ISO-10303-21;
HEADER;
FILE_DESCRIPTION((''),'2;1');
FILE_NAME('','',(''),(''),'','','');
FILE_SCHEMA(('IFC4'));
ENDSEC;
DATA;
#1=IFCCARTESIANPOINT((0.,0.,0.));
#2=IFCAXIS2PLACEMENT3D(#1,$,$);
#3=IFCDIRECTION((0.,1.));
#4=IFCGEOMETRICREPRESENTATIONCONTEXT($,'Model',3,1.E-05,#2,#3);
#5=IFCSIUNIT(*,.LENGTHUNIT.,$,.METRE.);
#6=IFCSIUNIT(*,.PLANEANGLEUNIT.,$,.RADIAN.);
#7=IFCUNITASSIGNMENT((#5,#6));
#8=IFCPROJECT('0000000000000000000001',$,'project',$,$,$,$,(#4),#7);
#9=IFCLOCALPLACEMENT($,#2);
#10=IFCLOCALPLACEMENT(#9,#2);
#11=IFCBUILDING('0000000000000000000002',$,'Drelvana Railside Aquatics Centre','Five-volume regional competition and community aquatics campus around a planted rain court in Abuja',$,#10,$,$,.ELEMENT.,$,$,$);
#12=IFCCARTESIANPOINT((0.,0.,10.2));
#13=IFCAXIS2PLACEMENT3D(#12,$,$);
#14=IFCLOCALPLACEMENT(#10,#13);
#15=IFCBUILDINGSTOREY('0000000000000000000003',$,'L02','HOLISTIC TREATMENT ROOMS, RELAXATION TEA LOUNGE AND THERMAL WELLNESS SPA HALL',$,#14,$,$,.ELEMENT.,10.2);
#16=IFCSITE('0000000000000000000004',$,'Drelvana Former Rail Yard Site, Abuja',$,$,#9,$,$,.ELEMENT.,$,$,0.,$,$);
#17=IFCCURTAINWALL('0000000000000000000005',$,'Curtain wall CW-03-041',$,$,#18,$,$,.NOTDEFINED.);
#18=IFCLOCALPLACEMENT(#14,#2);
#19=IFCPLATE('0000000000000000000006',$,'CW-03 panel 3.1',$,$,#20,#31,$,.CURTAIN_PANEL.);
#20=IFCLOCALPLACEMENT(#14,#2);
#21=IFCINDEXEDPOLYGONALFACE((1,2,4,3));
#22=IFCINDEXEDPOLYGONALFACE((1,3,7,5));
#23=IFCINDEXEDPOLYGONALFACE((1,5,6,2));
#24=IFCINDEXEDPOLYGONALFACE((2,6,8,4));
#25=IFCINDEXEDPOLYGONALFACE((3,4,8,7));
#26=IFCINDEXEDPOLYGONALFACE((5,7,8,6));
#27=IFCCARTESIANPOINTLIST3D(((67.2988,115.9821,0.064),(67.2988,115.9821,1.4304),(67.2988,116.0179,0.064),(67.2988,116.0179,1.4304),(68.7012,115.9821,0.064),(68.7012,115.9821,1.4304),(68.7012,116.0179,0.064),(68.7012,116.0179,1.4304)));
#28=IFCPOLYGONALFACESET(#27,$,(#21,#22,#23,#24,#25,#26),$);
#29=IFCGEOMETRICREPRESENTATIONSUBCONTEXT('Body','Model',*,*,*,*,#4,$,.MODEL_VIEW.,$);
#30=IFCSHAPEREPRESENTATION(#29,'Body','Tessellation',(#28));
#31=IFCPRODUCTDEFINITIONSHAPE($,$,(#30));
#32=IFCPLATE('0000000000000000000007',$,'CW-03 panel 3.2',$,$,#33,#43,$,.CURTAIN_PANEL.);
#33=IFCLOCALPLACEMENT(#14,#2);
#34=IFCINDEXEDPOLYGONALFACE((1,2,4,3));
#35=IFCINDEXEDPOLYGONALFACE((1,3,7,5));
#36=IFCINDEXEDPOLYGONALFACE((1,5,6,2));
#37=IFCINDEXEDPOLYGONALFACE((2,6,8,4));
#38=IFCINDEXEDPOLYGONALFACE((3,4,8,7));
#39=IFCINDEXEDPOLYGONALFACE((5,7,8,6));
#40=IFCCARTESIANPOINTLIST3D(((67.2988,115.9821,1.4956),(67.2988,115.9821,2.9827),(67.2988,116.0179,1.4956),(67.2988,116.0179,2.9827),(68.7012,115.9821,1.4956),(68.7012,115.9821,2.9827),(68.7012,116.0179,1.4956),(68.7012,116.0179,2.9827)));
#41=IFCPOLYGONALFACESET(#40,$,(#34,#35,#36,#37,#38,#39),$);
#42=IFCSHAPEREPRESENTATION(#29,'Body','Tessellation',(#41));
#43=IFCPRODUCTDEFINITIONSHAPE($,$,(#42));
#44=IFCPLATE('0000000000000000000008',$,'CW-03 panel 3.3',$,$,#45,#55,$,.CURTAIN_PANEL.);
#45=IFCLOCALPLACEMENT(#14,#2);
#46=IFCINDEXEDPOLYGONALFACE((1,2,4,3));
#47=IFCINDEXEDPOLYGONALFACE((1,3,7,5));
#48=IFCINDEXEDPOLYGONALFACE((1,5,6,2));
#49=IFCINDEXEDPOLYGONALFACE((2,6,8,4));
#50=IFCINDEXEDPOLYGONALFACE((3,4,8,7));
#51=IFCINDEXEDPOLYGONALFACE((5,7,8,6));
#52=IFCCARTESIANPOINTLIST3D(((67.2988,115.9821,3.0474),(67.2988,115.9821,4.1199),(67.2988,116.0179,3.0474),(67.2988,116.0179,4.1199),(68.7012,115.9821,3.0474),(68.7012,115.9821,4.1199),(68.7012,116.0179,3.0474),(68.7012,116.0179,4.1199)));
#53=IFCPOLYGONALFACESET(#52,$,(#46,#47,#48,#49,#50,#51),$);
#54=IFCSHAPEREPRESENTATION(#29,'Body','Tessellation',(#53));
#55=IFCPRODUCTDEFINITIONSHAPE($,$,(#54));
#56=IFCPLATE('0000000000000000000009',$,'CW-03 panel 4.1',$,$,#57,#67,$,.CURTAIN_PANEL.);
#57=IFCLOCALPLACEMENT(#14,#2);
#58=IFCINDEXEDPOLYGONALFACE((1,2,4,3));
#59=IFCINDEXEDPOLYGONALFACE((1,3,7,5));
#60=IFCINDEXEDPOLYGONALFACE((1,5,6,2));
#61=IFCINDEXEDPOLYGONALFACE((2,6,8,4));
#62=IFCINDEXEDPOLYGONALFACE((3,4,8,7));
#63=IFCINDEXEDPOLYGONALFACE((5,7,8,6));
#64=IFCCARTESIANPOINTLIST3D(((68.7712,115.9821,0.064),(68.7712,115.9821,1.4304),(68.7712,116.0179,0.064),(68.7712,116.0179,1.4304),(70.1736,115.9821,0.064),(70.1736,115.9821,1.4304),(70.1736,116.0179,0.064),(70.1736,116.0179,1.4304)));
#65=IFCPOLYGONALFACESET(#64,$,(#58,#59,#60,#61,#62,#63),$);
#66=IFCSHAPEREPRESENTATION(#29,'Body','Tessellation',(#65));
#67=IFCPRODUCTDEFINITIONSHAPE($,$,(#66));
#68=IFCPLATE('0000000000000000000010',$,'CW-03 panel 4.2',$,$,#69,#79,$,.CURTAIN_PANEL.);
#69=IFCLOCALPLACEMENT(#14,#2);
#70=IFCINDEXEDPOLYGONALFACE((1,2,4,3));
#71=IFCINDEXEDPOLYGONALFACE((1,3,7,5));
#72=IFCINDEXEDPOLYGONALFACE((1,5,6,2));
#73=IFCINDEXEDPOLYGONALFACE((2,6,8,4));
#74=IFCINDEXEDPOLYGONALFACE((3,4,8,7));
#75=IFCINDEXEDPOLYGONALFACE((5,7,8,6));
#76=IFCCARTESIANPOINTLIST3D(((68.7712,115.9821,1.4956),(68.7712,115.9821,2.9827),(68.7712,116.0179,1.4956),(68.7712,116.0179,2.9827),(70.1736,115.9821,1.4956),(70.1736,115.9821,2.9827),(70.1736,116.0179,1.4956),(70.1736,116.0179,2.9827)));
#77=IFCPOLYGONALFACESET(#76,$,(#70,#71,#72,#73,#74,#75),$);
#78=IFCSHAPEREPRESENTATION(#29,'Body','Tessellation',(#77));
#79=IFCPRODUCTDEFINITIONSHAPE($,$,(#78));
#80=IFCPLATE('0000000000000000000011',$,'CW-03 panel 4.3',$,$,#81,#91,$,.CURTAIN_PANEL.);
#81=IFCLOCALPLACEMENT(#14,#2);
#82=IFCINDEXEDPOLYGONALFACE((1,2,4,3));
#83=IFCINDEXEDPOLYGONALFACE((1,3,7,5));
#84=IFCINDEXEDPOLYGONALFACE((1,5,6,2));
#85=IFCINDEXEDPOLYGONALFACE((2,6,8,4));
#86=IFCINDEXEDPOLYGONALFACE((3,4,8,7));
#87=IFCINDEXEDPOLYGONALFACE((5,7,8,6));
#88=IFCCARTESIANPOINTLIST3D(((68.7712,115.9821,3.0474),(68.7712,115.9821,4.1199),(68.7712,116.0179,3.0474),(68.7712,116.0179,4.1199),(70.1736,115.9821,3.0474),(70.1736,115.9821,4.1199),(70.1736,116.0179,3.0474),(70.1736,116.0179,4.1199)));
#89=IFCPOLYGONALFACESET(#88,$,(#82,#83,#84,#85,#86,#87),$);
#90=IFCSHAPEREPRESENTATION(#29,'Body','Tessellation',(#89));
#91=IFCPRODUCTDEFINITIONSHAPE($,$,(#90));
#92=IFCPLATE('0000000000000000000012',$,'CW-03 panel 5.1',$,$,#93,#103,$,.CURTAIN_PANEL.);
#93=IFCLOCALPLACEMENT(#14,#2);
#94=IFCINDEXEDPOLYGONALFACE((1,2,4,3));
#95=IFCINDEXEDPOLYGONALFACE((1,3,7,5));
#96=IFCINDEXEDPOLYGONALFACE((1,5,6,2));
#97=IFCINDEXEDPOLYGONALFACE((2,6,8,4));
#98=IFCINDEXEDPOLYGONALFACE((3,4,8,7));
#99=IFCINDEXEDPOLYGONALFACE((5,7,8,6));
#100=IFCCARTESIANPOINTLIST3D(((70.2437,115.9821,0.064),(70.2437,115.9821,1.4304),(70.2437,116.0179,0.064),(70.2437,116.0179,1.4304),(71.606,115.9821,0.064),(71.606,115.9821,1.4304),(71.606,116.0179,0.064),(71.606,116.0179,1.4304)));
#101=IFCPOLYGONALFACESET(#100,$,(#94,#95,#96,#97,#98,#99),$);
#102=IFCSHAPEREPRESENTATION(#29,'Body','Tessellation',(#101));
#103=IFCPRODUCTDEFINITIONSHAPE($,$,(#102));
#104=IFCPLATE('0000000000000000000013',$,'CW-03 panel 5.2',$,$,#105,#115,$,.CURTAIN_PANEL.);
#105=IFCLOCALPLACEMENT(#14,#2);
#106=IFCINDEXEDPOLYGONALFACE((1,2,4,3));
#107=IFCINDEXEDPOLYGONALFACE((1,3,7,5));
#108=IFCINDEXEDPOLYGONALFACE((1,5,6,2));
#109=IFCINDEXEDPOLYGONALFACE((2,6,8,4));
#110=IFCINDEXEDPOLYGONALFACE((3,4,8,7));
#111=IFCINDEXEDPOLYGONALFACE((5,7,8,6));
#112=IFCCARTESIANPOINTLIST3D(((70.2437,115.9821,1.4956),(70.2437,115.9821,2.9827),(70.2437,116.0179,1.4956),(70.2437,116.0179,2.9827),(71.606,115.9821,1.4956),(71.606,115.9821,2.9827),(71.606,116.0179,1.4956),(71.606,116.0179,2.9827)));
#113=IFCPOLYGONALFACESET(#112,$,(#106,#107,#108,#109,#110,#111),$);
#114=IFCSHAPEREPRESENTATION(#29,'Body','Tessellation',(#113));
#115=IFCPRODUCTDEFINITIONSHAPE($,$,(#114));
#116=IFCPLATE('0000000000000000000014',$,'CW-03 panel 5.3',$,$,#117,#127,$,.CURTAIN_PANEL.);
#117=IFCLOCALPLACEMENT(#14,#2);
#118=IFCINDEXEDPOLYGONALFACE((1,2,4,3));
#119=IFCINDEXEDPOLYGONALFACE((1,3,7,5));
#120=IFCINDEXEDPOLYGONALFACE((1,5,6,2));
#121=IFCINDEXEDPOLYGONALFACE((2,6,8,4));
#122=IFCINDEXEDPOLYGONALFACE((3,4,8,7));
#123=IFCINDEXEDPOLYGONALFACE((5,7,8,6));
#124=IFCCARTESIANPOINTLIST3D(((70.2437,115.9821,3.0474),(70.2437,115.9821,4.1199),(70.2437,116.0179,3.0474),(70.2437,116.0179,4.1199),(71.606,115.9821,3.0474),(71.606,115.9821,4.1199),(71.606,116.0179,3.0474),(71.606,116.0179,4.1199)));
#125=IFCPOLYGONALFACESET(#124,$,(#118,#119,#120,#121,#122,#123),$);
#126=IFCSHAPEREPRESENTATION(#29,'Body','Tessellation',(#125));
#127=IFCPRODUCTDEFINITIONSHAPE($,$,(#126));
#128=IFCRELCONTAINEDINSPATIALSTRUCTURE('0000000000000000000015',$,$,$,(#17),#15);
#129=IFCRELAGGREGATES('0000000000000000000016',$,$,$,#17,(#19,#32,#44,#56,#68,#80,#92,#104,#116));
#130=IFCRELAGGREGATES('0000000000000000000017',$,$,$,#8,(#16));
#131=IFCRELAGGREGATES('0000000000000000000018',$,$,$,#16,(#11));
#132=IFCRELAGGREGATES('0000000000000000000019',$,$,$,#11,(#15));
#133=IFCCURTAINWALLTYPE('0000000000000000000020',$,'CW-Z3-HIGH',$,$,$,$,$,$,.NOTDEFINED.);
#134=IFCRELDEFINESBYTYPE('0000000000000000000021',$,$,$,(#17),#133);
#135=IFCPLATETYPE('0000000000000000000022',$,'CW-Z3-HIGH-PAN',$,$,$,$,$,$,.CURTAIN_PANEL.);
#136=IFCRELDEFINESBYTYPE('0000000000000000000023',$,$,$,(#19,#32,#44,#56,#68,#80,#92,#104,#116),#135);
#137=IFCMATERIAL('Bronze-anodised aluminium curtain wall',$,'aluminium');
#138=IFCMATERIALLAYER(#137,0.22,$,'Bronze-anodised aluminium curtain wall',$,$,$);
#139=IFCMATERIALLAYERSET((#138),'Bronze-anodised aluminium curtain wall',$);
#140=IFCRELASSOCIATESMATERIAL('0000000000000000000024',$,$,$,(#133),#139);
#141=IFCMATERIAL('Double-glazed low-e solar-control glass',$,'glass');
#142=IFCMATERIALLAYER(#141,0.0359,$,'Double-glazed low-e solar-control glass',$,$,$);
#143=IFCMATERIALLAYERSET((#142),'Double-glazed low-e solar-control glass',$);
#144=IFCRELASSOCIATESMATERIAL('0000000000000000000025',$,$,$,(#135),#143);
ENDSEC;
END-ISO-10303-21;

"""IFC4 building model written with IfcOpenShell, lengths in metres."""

from ifc_helpers import new_model, si_unit, direction, frame, origin, origin_2d, place, context, subcontext, project, spatial, rectangle, extrude, material, layer, layer_set, type_object, element, aggregate, save


model = new_model("IFC4")

# Units and contexts
model_context = context("Model", 3, precision=1e-05, world=origin(), true_north=direction((0.0, 1.0)))
body_context = subcontext(model_context, "Body", "Model", "MODEL_VIEW")
ifc_project = project(units=[si_unit("LENGTHUNIT", "METRE"), si_unit("PLANEANGLEUNIT", "RADIAN")], contexts=[model_context])

# Site, building, storey
site_placement = place(None, origin())
site = spatial("IfcSite", under=ifc_project, at=site_placement, Name="Drelvana Former Rail Yard Site, Abuja", CompositionType="ELEMENT", RefElevation=0.0)
building_placement = place(site_placement, origin())
building = spatial("IfcBuilding", under=site, at=building_placement, Name="Drelvana Railside Aquatics Centre", Description="Five-volume regional competition and community aquatics campus around a planted rain court in Abuja", CompositionType="ELEMENT")
storey_placement = place(building_placement, frame((0.0, 0.0, 10.2)))
storey = spatial("IfcBuildingStorey", under=building, at=storey_placement, Name="L02", Description="HOLISTIC TREATMENT ROOMS, RELAXATION TEA LOUNGE AND THERMAL WELLNESS SPA HALL", CompositionType="ELEMENT", Elevation=10.2)

# Curtain wall, plates
ifc_material_1 = material(Name="Bronze-anodised aluminium curtain wall", Category="aluminium")
ifc_layer_1 = layer(ifc_material_1, 0.22, Name="Bronze-anodised aluminium curtain wall")
ifc_layer_set_1 = layer_set([ifc_layer_1], Name="Bronze-anodised aluminium curtain wall")
curtain_wall_type = type_object("IfcCurtainWallType", Name="CW-Z3-HIGH", PredefinedType="NOTDEFINED", material=ifc_layer_set_1)
curtain_wall_placement = place(storey_placement, origin())
curtain_wall = element("IfcCurtainWall", 1, at=curtain_wall_placement, inside=storey, type_object=curtain_wall_type, Name="Curtain wall CW-03-041", PredefinedType="NOTDEFINED")
ifc_material_2 = material(Name="Double-glazed low-e solar-control glass", Category="glass")
ifc_layer_2 = layer(ifc_material_2, 0.0359, Name="Double-glazed low-e solar-control glass")
ifc_layer_set_2 = layer_set([ifc_layer_2], Name="Double-glazed low-e solar-control glass")
plate_type = type_object("IfcPlateType", Name="CW-Z3-HIGH-PAN", PredefinedType="CURTAIN_PANEL", material=ifc_layer_set_2)
plate_1_placement = place(storey_placement, frame((68.0, 116.0, 0.064), z_axis=(0.0, 0.0, 1.0), x_axis=(1.0, 0.0, 0.0)))
plate_1 = element("IfcPlate", 2, at=plate_1_placement, type_object=plate_type, Name="CW-03 panel 3.1", PredefinedType="CURTAIN_PANEL", context=body_context, shape_type="SweptSolid", body=[
    extrude(rectangle(XDim=1.4023, YDim=0.0359, at=origin_2d()), origin(), (0.0, 0.0, 1.0), 1.3665),
])
plate_2_placement = place(storey_placement, frame((68.0, 116.0, 1.4956), z_axis=(0.0, 0.0, 1.0), x_axis=(1.0, 0.0, 0.0)))
plate_2 = element("IfcPlate", 3, at=plate_2_placement, type_object=plate_type, Name="CW-03 panel 3.2", PredefinedType="CURTAIN_PANEL", context=body_context, shape_type="SweptSolid", body=[
    extrude(rectangle(XDim=1.4023, YDim=0.0359, at=origin_2d()), origin(), (0.0, 0.0, 1.0), 1.4871),
])
plate_3_placement = place(storey_placement, frame((68.0, 116.0, 3.0474), z_axis=(0.0, 0.0, 1.0), x_axis=(1.0, 0.0, 0.0)))
plate_3 = element("IfcPlate", 4, at=plate_3_placement, type_object=plate_type, Name="CW-03 panel 3.3", PredefinedType="CURTAIN_PANEL", context=body_context, shape_type="SweptSolid", body=[
    extrude(rectangle(XDim=1.4023, YDim=0.0359, at=origin_2d()), origin(), (0.0, 0.0, 1.0), 1.0725),
])
plate_4_placement = place(storey_placement, frame((69.4724, 116.0, 0.064), z_axis=(0.0, 0.0, 1.0), x_axis=(1.0, 0.0, 0.0)))
plate_4 = element("IfcPlate", 5, at=plate_4_placement, type_object=plate_type, Name="CW-03 panel 4.1", PredefinedType="CURTAIN_PANEL", context=body_context, shape_type="SweptSolid", body=[
    extrude(rectangle(XDim=1.4023, YDim=0.0359, at=origin_2d()), origin(), (0.0, 0.0, 1.0), 1.3665),
])
plate_5_placement = place(storey_placement, frame((69.4724, 116.0, 1.4956), z_axis=(0.0, 0.0, 1.0), x_axis=(1.0, 0.0, 0.0)))
plate_5 = element("IfcPlate", 6, at=plate_5_placement, type_object=plate_type, Name="CW-03 panel 4.2", PredefinedType="CURTAIN_PANEL", context=body_context, shape_type="SweptSolid", body=[
    extrude(rectangle(XDim=1.4023, YDim=0.0359, at=origin_2d()), origin(), (0.0, 0.0, 1.0), 1.4871),
])
plate_6_placement = place(storey_placement, frame((69.4724, 116.0, 3.0474), z_axis=(0.0, 0.0, 1.0), x_axis=(1.0, 0.0, 0.0)))
plate_6 = element("IfcPlate", 7, at=plate_6_placement, type_object=plate_type, Name="CW-03 panel 4.3", PredefinedType="CURTAIN_PANEL", context=body_context, shape_type="SweptSolid", body=[
    extrude(rectangle(XDim=1.4023, YDim=0.0359, at=origin_2d()), origin(), (0.0, 0.0, 1.0), 1.0725),
])
plate_7_placement = place(storey_placement, frame((70.9248, 116.0, 0.064), z_axis=(0.0, 0.0, 1.0), x_axis=(1.0, 0.0, 0.0)))
plate_7 = element("IfcPlate", 8, at=plate_7_placement, type_object=plate_type, Name="CW-03 panel 5.1", PredefinedType="CURTAIN_PANEL", context=body_context, shape_type="SweptSolid", body=[
    extrude(rectangle(XDim=1.3623, YDim=0.0359, at=origin_2d()), origin(), (0.0, 0.0, 1.0), 1.3665),
])
plate_8_placement = place(storey_placement, frame((70.9248, 116.0, 1.4956), z_axis=(0.0, 0.0, 1.0), x_axis=(1.0, 0.0, 0.0)))
plate_8 = element("IfcPlate", 9, at=plate_8_placement, type_object=plate_type, Name="CW-03 panel 5.2", PredefinedType="CURTAIN_PANEL", context=body_context, shape_type="SweptSolid", body=[
    extrude(rectangle(XDim=1.3623, YDim=0.0359, at=origin_2d()), origin(), (0.0, 0.0, 1.0), 1.4871),
])
plate_9_placement = place(storey_placement, frame((70.9248, 116.0, 3.0474), z_axis=(0.0, 0.0, 1.0), x_axis=(1.0, 0.0, 0.0)))
plate_9 = element("IfcPlate", 10, at=plate_9_placement, type_object=plate_type, Name="CW-03 panel 5.3", PredefinedType="CURTAIN_PANEL", context=body_context, shape_type="SweptSolid", body=[
    extrude(rectangle(XDim=1.3623, YDim=0.0359, at=origin_2d()), origin(), (0.0, 0.0, 1.0), 1.0725),
])
aggregate(curtain_wall, [plate_1, plate_2, plate_3, plate_4, plate_5, plate_6, plate_7, plate_8, plate_9])

save(model, "model.ifc")
